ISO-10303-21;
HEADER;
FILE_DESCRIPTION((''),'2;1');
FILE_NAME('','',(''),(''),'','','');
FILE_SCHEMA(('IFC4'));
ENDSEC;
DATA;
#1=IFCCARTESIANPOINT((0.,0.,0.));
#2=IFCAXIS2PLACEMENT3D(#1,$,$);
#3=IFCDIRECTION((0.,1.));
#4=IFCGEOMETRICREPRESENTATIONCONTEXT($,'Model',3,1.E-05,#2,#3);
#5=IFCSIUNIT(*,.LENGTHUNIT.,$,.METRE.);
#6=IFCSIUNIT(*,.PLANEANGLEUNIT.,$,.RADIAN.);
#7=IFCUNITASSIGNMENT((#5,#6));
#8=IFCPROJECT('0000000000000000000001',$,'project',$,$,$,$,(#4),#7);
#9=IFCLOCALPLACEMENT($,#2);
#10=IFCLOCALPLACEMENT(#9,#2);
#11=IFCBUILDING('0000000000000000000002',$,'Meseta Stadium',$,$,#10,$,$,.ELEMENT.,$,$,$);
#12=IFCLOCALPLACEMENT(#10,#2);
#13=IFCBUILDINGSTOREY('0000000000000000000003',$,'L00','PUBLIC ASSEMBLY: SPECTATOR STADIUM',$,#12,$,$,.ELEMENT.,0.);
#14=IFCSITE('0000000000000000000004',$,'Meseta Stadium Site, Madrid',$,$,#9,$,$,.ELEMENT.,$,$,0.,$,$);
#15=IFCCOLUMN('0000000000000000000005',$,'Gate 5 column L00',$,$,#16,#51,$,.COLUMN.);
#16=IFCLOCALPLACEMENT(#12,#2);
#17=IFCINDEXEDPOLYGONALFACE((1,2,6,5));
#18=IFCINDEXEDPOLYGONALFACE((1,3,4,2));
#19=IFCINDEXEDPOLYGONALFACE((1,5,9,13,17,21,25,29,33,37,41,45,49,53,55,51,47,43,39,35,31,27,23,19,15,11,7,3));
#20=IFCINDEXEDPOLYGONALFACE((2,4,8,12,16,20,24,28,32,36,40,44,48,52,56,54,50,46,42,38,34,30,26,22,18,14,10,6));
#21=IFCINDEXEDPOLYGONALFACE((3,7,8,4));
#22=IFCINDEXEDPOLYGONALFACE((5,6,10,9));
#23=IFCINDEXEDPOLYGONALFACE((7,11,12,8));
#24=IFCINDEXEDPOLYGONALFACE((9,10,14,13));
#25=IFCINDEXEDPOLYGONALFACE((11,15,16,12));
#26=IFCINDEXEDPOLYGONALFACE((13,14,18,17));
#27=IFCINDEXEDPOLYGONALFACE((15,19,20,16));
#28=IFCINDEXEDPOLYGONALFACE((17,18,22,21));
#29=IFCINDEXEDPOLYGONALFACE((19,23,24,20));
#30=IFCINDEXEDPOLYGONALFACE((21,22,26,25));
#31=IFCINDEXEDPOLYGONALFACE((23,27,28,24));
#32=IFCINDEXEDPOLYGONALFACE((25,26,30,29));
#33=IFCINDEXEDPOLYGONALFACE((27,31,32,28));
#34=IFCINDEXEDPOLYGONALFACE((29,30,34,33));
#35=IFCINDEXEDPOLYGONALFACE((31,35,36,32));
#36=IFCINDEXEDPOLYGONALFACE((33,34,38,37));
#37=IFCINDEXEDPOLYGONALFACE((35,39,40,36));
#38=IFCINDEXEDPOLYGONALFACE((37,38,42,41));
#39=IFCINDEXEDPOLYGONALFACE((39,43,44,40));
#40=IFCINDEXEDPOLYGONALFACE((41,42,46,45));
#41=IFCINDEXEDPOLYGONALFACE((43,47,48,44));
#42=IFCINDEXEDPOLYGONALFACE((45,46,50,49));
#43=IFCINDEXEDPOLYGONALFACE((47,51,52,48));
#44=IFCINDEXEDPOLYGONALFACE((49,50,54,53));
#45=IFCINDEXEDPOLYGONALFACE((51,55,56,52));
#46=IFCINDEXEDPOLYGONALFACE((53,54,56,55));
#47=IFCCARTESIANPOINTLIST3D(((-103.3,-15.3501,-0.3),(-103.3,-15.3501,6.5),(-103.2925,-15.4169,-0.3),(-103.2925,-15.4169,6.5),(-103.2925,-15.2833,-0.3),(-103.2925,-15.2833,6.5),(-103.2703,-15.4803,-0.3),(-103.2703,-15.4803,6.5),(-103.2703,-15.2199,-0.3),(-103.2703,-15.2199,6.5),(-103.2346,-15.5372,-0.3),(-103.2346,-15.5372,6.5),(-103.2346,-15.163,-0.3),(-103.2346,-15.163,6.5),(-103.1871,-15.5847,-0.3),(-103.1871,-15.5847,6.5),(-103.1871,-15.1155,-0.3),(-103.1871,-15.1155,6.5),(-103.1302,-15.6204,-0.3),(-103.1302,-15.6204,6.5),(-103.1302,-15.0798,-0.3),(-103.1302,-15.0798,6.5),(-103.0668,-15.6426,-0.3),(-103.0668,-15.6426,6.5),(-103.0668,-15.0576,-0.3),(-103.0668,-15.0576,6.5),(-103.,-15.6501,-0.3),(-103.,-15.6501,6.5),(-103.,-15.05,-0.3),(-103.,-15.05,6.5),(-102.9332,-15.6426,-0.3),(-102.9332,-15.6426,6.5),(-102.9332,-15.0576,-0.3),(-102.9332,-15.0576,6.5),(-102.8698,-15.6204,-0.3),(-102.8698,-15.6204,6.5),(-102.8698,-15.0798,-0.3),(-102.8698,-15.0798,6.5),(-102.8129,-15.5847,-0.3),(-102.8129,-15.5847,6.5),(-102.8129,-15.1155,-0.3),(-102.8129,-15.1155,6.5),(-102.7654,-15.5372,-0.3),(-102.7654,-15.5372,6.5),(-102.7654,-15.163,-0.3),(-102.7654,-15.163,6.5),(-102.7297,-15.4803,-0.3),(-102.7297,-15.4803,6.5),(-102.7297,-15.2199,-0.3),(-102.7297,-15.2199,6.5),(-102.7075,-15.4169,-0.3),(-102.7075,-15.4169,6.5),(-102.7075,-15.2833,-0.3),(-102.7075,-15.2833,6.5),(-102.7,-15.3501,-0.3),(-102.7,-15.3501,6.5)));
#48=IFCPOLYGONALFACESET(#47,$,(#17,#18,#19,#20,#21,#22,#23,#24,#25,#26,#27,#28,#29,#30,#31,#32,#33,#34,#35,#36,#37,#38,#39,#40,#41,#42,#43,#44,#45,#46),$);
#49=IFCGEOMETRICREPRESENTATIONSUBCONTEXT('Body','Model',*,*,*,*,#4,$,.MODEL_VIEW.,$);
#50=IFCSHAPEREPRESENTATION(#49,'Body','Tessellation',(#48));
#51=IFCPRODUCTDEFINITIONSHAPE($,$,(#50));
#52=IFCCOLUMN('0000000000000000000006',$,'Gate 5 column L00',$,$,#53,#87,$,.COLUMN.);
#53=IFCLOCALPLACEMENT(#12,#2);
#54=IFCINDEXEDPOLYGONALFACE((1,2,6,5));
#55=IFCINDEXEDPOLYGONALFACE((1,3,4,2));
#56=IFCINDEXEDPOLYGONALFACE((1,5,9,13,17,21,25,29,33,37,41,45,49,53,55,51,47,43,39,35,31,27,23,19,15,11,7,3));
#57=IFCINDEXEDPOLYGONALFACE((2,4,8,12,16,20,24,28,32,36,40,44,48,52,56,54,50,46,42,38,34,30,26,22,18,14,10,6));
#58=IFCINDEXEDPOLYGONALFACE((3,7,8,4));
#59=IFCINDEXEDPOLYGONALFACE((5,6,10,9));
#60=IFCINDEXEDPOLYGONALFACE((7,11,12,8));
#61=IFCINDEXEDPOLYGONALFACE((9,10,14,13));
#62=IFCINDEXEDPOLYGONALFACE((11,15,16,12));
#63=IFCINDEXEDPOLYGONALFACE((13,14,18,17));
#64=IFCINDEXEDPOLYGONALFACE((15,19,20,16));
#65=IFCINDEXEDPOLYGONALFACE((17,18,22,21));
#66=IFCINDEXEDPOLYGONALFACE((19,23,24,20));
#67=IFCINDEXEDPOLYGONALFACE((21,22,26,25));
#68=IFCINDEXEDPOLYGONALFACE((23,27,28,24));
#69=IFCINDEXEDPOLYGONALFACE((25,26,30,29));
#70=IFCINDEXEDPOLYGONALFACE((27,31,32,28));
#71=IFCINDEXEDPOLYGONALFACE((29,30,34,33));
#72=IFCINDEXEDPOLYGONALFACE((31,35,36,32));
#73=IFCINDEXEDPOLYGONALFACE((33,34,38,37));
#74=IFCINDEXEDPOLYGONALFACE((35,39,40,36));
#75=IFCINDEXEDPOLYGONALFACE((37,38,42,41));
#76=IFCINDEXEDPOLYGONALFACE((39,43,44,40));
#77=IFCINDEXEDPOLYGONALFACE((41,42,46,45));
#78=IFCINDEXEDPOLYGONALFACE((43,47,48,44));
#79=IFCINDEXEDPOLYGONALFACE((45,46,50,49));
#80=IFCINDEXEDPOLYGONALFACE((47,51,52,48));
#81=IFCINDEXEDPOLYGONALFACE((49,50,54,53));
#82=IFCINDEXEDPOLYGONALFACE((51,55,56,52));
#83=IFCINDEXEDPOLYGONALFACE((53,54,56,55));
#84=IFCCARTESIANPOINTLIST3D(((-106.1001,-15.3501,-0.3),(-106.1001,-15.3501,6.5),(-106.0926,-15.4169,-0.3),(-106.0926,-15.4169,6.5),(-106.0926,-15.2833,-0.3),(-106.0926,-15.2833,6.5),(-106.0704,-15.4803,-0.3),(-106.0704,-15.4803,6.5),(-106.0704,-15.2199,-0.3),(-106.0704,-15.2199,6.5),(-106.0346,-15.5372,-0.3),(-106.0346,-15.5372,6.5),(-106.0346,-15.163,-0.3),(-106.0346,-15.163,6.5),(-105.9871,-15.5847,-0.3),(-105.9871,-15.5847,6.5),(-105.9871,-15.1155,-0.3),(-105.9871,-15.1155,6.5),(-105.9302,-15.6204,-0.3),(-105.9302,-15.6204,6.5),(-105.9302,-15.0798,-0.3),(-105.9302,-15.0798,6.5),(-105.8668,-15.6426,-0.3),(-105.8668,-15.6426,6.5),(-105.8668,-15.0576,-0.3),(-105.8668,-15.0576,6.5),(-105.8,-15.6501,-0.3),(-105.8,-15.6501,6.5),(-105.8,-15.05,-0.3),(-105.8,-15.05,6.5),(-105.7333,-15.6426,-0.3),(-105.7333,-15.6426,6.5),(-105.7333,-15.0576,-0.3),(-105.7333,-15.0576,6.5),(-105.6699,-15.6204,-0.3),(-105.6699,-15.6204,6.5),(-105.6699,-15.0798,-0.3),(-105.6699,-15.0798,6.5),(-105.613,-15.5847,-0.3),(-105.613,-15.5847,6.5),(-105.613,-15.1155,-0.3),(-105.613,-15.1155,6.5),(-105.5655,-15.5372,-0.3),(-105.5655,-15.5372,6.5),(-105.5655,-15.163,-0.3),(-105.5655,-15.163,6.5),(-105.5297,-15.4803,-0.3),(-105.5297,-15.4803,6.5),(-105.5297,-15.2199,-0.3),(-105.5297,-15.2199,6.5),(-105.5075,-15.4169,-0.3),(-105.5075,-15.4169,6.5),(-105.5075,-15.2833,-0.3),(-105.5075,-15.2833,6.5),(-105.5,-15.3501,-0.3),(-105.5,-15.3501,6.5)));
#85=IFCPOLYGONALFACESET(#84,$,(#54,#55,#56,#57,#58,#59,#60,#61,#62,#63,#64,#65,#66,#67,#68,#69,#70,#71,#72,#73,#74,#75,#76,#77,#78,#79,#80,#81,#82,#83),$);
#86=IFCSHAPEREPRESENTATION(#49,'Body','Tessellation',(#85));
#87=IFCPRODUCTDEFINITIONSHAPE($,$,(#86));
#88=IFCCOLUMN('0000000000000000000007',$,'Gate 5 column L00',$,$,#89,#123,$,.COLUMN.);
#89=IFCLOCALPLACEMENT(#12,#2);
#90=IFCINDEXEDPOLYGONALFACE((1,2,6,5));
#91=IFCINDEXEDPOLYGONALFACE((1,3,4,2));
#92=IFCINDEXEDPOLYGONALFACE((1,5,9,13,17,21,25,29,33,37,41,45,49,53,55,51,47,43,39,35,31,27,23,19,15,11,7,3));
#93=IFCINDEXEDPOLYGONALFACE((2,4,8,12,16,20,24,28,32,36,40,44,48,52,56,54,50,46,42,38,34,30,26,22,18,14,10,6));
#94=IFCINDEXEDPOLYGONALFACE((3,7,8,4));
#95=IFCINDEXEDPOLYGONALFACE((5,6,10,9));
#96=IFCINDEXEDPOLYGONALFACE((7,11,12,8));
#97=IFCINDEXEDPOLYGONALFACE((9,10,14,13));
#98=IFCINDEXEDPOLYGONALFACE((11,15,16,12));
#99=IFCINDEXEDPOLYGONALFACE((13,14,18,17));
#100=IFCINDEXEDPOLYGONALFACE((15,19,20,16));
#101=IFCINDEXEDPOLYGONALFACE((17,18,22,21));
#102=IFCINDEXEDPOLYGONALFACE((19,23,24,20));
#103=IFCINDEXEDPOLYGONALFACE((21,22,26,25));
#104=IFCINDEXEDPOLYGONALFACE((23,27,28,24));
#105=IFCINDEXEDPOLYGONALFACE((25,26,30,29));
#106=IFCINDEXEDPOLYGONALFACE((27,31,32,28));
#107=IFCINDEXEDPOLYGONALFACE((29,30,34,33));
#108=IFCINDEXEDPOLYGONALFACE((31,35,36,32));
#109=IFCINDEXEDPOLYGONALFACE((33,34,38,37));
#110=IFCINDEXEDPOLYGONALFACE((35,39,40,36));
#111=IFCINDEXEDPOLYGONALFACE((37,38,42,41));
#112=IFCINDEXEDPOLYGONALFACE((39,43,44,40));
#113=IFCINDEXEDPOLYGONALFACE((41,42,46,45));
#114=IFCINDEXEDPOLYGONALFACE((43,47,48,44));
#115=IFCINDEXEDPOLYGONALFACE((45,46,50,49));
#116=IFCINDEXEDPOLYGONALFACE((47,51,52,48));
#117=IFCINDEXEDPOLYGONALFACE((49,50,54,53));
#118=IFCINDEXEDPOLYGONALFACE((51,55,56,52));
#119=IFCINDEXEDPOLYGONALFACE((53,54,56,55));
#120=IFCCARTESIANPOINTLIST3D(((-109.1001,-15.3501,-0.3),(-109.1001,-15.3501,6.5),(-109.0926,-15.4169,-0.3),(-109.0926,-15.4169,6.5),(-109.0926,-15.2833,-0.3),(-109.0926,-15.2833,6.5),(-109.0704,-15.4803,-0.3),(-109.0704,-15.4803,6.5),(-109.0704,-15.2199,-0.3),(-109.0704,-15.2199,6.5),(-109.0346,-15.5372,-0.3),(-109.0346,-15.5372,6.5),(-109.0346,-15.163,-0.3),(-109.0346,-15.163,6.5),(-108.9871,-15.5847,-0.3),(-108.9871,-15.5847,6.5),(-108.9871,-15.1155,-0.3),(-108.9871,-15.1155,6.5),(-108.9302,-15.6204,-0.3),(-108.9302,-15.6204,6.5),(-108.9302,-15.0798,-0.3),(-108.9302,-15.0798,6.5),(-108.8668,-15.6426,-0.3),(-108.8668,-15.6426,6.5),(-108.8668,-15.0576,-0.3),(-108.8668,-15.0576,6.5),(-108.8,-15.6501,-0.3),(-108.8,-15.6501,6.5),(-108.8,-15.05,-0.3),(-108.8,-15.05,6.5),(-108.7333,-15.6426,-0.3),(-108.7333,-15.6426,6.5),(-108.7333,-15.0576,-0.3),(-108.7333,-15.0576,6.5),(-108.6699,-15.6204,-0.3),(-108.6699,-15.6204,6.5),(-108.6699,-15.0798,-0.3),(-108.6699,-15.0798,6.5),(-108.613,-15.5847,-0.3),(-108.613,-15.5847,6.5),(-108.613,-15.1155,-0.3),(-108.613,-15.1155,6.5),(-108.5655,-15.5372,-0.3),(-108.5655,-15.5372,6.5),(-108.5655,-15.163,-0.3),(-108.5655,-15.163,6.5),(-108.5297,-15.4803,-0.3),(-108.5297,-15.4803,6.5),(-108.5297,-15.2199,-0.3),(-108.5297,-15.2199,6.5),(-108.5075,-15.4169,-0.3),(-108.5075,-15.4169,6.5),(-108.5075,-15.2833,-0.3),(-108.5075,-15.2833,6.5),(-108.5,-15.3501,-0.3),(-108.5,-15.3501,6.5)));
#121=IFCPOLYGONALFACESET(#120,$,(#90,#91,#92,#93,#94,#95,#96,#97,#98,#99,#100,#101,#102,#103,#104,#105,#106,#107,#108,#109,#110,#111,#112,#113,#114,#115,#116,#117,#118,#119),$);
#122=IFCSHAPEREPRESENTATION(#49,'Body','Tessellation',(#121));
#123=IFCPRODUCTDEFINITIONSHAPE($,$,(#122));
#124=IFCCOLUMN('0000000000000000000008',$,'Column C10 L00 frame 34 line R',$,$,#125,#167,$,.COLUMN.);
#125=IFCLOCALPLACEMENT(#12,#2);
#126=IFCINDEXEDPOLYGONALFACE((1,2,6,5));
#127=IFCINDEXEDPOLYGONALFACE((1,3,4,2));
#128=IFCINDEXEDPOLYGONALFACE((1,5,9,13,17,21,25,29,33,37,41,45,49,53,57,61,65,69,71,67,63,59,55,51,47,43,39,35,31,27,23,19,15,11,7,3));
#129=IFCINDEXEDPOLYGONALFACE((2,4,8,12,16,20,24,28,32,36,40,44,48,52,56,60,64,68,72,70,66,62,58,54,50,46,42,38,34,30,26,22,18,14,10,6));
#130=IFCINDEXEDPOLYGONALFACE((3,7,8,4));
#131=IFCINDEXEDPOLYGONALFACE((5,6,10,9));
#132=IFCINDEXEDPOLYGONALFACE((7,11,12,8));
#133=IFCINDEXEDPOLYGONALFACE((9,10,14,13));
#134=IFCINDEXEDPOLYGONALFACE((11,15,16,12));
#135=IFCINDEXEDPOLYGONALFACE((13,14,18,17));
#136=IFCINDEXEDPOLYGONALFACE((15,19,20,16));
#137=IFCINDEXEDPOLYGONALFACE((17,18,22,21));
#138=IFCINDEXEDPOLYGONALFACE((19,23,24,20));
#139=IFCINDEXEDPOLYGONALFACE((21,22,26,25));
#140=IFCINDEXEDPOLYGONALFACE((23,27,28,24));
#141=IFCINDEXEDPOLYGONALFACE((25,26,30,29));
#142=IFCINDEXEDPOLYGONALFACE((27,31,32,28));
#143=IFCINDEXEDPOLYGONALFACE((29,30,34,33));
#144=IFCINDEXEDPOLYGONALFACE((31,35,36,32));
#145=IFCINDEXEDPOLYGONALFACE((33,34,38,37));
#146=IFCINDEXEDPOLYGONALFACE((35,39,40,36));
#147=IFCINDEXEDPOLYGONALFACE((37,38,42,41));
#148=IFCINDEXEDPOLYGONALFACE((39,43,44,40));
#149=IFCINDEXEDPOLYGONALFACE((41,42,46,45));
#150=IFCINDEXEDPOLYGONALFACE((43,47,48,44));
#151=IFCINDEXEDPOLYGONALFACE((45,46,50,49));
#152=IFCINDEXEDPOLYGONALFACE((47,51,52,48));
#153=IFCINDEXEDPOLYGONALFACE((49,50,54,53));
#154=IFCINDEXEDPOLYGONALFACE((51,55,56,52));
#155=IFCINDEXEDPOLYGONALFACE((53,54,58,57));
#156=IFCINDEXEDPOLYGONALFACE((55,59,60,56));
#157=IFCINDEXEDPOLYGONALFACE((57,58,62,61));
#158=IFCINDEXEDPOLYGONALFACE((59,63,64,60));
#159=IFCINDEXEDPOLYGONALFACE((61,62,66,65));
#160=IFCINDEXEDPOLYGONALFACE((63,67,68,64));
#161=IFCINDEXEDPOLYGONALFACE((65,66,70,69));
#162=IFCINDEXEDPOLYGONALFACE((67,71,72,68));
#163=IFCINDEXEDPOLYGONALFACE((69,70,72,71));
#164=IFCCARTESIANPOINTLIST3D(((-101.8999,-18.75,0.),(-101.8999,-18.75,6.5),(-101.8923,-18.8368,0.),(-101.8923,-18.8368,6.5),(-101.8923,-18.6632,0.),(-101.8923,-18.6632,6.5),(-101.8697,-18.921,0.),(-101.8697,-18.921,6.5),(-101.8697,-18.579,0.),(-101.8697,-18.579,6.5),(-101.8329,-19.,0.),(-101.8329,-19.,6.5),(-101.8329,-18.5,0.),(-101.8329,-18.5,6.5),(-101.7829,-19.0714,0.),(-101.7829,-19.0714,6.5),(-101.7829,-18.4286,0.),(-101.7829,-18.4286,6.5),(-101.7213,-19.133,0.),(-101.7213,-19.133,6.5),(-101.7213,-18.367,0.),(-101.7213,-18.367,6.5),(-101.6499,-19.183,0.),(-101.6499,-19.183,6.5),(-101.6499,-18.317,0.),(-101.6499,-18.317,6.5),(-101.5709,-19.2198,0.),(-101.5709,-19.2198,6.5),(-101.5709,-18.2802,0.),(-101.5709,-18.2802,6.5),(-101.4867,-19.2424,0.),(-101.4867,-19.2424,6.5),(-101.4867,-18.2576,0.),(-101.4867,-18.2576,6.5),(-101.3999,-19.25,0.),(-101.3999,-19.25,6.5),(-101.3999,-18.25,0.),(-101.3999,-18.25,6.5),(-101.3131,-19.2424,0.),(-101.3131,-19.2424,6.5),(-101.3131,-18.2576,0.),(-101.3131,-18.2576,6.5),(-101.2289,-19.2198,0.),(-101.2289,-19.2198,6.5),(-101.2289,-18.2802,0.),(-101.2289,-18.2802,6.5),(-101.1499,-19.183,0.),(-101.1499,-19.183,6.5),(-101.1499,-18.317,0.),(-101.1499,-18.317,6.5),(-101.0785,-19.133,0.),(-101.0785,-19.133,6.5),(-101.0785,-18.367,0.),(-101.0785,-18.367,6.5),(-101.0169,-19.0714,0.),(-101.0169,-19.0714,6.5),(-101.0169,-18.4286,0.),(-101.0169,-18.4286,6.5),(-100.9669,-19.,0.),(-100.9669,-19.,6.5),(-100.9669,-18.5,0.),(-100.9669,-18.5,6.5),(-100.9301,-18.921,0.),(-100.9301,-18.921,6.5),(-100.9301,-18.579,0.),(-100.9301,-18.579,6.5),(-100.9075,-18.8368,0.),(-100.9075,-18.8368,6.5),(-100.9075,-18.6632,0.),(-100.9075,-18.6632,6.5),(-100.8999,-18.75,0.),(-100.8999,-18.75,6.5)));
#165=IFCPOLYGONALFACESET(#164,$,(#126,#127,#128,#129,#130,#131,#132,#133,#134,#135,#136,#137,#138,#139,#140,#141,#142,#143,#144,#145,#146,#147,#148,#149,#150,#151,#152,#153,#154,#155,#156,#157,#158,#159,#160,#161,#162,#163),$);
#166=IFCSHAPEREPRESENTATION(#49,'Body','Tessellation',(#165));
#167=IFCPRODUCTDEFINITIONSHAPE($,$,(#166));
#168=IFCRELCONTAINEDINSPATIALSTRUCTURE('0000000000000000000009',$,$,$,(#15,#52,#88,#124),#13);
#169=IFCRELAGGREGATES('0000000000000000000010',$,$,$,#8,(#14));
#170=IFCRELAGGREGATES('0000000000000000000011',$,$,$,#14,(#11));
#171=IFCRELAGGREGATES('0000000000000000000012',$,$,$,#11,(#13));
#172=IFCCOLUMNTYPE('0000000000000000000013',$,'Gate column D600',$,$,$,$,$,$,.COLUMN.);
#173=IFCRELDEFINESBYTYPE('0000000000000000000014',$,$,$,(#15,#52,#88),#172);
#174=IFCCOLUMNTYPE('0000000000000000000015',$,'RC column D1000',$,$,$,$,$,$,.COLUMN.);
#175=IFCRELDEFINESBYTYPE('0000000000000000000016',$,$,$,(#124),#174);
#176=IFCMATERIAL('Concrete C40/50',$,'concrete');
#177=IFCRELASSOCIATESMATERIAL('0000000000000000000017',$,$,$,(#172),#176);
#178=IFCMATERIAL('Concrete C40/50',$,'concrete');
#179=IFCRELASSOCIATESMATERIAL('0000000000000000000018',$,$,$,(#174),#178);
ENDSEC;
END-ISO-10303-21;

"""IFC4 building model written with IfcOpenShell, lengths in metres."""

from ifc_helpers import new_model, si_unit, direction, frame, origin, origin_2d, place, context, subcontext, project, spatial, circle, extrude, material, material_profile, profile_set, type_object, element, save


model = new_model("IFC4")

# Units and contexts
model_context = context("Model", 3, precision=1e-05, world=origin(), true_north=direction((0.0, 1.0)))
body_context = subcontext(model_context, "Body", "Model", "MODEL_VIEW")
ifc_project = project(units=[si_unit("LENGTHUNIT", "METRE"), si_unit("PLANEANGLEUNIT", "RADIAN")], contexts=[model_context])

# Site, building, storey
site_placement = place(None, origin())
site = spatial("IfcSite", under=ifc_project, at=site_placement, Name="Meseta Stadium Site, Madrid", CompositionType="ELEMENT", RefElevation=0.0)
building_placement = place(site_placement, origin())
building = spatial("IfcBuilding", under=site, at=building_placement, Name="Meseta Stadium", CompositionType="ELEMENT")
storey_placement = place(building_placement, origin())
storey = spatial("IfcBuildingStorey", under=building, at=storey_placement, Name="L00", Description="PUBLIC ASSEMBLY: SPECTATOR STADIUM", CompositionType="ELEMENT", Elevation=0.0)

# Columns
ifc_material_1 = material(Name="Concrete C40/50", Category="concrete")
ifc_material_profile_1 = material_profile(ifc_material_1, circle(Radius=0.3, at=origin_2d()), Name="RC D600")
ifc_profile_set_1 = profile_set([ifc_material_profile_1], Name="Concrete C40/50")
column_type_1 = type_object("IfcColumnType", Name="Gate column D600", PredefinedType="COLUMN", material=ifc_profile_set_1)
for number, where, z_axis, x_axis, name in (
    (1, (-103.0, -15.3501, -0.3), (0.0, 0.0, 1.0), (1.0, 0.0, 0.0), "Gate 5 column L00"),
    (2, (-105.8, -15.3501, -0.3), (0.0, 0.0, 1.0), (1.0, 0.0, 0.0), "Gate 5 column L00"),
    (3, (-108.8, -15.3501, -0.3), (0.0, 0.0, 1.0), (1.0, 0.0, 0.0), "Gate 5 column L00"),
):
    element("IfcColumn", number, at=place(storey_placement, frame(where, z_axis=z_axis, x_axis=x_axis)), inside=storey, type_object=column_type_1, Name=name, PredefinedType="COLUMN", context=body_context, shape_type="SweptSolid", body=[
        extrude(circle(Radius=0.3, at=origin_2d()), origin(), (0.0, 0.0, 1.0), 6.8),
    ])
ifc_material_2 = material(Name="Concrete C40/50", Category="concrete")
ifc_material_profile_2 = material_profile(ifc_material_2, circle(Radius=0.5, at=origin_2d()), Name="RC D1000")
ifc_profile_set_2 = profile_set([ifc_material_profile_2], Name="Concrete C40/50")
column_type_2 = type_object("IfcColumnType", Name="RC column D1000", PredefinedType="COLUMN", material=ifc_profile_set_2)
column_placement = place(storey_placement, frame((-101.3999, -18.75, 0.0), z_axis=(0.0, 0.0, 1.0), x_axis=(1.0, 0.0, 0.0)))
element("IfcColumn", 4, at=column_placement, inside=storey, type_object=column_type_2, Name="Column C10 L00 frame 34 line R", PredefinedType="COLUMN", context=body_context, shape_type="SweptSolid", body=[
    extrude(circle(Radius=0.5, at=origin_2d()), origin(), (0.0, 0.0, 1.0), 6.5),
])

save(model, "model.ifc")
